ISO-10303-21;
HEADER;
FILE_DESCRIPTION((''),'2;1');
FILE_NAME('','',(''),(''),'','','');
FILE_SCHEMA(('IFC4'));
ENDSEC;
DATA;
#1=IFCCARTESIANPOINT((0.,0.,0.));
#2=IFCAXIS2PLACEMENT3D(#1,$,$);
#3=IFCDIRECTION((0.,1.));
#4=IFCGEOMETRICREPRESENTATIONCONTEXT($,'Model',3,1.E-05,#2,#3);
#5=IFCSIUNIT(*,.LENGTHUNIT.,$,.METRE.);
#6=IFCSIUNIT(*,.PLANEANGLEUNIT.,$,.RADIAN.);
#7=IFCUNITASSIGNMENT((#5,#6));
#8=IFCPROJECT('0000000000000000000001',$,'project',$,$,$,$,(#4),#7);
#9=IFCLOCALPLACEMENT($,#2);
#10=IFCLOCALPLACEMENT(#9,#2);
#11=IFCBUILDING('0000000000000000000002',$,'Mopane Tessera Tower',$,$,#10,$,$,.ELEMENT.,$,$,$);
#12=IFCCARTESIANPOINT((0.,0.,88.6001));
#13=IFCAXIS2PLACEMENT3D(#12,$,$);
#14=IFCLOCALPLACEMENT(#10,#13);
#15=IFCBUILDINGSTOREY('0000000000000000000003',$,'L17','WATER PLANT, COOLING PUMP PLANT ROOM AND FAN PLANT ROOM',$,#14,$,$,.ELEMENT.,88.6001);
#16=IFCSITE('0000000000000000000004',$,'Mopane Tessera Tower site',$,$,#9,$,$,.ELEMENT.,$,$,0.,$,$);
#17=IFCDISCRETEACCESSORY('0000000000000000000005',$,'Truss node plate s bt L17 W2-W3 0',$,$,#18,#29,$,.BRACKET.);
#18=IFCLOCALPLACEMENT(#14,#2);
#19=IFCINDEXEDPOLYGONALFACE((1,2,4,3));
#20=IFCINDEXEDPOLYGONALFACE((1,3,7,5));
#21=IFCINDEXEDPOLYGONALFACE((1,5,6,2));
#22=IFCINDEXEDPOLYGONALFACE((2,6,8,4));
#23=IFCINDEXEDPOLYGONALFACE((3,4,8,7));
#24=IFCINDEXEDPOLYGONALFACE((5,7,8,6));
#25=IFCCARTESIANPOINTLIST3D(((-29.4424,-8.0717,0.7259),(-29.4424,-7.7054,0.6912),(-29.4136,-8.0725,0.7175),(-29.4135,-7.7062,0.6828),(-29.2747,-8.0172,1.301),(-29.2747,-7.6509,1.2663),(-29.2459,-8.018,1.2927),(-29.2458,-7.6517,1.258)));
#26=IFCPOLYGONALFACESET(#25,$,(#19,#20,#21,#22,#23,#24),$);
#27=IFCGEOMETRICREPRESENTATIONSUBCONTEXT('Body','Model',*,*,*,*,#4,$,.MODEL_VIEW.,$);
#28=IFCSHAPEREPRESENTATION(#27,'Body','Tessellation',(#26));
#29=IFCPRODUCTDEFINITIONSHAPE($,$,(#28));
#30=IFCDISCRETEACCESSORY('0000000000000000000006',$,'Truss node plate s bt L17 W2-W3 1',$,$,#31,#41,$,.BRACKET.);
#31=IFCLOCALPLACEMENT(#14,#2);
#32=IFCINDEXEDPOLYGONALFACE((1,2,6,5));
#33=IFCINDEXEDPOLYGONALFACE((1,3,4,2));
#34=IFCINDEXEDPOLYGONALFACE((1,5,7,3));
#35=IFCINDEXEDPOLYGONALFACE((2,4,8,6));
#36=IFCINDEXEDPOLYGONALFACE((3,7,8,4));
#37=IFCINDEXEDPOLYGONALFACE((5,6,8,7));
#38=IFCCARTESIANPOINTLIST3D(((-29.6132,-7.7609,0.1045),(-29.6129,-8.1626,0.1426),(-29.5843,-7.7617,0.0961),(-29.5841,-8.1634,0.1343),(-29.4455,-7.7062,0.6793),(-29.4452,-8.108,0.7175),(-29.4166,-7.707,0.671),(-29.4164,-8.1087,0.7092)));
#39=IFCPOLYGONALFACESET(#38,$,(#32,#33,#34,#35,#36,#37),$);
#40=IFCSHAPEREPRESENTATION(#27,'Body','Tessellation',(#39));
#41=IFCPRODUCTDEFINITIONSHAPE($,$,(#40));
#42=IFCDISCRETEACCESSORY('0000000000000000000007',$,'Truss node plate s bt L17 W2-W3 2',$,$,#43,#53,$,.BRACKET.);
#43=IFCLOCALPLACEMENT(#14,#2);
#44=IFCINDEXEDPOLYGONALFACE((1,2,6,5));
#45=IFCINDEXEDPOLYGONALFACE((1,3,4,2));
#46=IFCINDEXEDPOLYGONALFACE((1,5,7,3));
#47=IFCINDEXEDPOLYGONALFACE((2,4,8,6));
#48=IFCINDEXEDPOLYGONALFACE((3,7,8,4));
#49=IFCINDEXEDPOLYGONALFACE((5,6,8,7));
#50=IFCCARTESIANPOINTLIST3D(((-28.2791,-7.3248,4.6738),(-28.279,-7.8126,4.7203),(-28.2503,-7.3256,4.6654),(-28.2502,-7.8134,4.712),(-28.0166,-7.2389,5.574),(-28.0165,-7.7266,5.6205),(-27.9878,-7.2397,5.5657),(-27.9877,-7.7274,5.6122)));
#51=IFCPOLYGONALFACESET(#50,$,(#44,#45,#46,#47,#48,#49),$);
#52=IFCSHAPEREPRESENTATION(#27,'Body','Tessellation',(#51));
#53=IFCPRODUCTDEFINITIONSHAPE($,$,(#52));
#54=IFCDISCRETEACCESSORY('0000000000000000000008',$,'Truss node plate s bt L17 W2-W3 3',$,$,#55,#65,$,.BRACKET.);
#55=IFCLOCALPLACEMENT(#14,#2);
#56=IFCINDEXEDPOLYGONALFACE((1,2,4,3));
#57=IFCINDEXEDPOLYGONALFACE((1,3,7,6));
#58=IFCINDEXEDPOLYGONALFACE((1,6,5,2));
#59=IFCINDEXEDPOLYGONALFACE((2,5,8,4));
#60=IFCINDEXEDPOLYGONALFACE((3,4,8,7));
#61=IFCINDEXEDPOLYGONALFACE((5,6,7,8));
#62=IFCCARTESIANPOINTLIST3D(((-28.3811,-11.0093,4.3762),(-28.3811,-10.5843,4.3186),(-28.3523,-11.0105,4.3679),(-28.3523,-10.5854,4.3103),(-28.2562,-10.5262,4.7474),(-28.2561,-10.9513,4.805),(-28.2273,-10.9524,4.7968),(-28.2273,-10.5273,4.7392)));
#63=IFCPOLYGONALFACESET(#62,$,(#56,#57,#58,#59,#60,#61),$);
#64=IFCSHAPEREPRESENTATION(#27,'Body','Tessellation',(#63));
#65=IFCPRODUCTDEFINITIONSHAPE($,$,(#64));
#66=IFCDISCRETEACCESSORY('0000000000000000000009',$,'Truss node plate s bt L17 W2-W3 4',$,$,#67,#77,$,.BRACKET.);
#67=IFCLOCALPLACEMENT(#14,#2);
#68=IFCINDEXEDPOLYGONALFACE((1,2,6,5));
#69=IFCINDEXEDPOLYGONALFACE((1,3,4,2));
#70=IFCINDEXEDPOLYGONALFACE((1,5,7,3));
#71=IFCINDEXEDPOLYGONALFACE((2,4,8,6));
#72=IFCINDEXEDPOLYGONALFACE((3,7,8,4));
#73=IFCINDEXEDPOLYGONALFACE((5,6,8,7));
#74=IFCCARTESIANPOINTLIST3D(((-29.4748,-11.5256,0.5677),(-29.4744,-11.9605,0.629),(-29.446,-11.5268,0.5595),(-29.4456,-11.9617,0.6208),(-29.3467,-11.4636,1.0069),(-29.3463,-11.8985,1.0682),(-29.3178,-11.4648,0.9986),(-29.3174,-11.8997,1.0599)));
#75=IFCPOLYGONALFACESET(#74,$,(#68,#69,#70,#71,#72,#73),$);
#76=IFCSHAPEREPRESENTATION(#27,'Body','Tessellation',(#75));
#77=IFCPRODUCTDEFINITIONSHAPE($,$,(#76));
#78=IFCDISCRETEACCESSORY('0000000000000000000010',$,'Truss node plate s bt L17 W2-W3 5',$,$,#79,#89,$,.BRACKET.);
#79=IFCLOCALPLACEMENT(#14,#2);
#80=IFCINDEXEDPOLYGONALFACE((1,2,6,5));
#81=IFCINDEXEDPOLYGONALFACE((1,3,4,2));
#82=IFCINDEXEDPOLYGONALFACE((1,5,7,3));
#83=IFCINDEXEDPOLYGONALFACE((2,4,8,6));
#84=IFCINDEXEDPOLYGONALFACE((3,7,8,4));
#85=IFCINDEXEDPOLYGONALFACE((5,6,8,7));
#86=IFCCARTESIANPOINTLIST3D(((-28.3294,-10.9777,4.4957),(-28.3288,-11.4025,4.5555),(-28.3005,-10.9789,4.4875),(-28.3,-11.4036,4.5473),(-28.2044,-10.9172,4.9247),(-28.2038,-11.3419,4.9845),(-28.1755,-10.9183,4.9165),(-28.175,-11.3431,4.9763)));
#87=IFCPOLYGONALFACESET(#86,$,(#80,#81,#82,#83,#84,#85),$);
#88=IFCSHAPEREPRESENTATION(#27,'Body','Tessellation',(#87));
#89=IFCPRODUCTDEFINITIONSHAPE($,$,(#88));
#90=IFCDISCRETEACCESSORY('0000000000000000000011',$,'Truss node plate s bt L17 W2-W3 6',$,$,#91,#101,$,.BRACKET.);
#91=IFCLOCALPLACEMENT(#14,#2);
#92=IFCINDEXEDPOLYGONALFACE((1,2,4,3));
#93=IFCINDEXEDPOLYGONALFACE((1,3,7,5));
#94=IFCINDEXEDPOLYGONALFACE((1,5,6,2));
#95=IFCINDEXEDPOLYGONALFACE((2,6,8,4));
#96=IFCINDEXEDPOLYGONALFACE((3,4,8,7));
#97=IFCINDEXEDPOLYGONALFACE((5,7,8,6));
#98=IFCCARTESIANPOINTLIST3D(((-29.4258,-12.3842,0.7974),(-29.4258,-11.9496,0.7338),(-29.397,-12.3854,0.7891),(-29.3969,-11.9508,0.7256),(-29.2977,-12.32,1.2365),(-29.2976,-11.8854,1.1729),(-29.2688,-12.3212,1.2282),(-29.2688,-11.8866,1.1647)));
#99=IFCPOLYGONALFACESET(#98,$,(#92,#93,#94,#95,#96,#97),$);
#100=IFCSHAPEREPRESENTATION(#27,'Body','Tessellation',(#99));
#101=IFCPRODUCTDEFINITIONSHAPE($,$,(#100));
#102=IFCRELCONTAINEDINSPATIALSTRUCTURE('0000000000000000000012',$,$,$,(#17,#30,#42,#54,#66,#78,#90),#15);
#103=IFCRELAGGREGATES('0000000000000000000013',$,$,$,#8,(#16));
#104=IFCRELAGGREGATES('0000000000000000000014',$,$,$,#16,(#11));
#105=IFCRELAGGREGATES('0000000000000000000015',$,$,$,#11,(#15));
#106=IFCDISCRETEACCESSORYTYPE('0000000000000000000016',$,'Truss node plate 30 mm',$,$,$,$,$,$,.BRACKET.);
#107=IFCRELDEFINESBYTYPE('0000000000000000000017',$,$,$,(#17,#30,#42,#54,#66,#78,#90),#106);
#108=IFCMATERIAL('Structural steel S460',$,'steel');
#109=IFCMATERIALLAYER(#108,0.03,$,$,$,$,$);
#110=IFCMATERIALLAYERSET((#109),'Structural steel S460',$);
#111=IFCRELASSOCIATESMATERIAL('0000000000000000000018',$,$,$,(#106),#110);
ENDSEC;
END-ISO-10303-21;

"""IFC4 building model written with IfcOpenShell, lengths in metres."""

from ifc_helpers import new_model, si_unit, direction, frame, origin, origin_2d, place, context, subcontext, project, spatial, rectangle, extrude, material, layer, layer_set, type_object, element, save


model = new_model("IFC4")

# Units and contexts
model_context = context("Model", 3, precision=1e-05, world=origin(), true_north=direction((0.0, 1.0)))
body_context = subcontext(model_context, "Body", "Model", "MODEL_VIEW")
ifc_project = project(units=[si_unit("LENGTHUNIT", "METRE"), si_unit("PLANEANGLEUNIT", "RADIAN")], contexts=[model_context])

# Site, building, storey
site_placement = place(None, origin())
site = spatial("IfcSite", under=ifc_project, at=site_placement, Name="Mopane Tessera Tower site", CompositionType="ELEMENT", RefElevation=0.0)
building_placement = place(site_placement, origin())
building = spatial("IfcBuilding", under=site, at=building_placement, Name="Mopane Tessera Tower", CompositionType="ELEMENT")
storey_placement = place(building_placement, frame((0.0, 0.0, 88.6001)))
storey = spatial("IfcBuildingStorey", under=building, at=storey_placement, Name="L17", Description="WATER PLANT, COOLING PUMP PLANT ROOM AND FAN PLANT ROOM", CompositionType="ELEMENT", Elevation=88.6001)

# Discrete accessories
ifc_material_1 = material(Name="Structural steel S460", Category="steel")
ifc_layer_1 = layer(ifc_material_1, 0.03)
ifc_layer_set_1 = layer_set([ifc_layer_1], Name="Structural steel S460")
discrete_accessory_type_1 = type_object("IfcDiscreteAccessoryType", Name="Truss node plate 30 mm", PredefinedType="BRACKET", material=ifc_layer_set_1)
discrete_accessory_1_placement = place(storey_placement, frame((-29.428, -7.8889, 0.7043), z_axis=(0.278789, 0.090495, 0.956079), x_axis=(0.960352, -0.026388, -0.277537)))
element("IfcDiscreteAccessory", 1, at=discrete_accessory_1_placement, inside=storey, type_object=discrete_accessory_type_1, Name="Truss node plate s bt L17 W2-W3 0", PredefinedType="BRACKET", context=body_context, shape_type="SweptSolid", body=[
    extrude(rectangle(XDim=0.03, YDim=0.3679, at=origin_2d()), origin(), (0.0, 0.0, 1.0), 0.6016),
])
discrete_accessory_2_placement = place(storey_placement, frame((-29.5986, -7.9622, 0.1194), z_axis=(0.278887, 0.090933, 0.956009), x_axis=(0.960324, -0.025832, -0.277688)))
element("IfcDiscreteAccessory", 2, at=discrete_accessory_2_placement, inside=storey, type_object=discrete_accessory_type_1, Name="Truss node plate s bt L17 W2-W3 1", PredefinedType="BRACKET", context=body_context, shape_type="SweptSolid", body=[
    extrude(rectangle(XDim=0.03, YDim=0.4036, at=origin_2d()), origin(), (0.0, 0.0, 1.0), 0.6013),
])
discrete_accessory_3_placement = place(storey_placement, frame((-28.2646, -7.5691, 4.6929), z_axis=(0.278742, 0.091272, 0.956019), x_axis=(0.960366, -0.026291, -0.277499)))
element("IfcDiscreteAccessory", 3, at=discrete_accessory_3_placement, inside=storey, type_object=discrete_accessory_type_1, Name="Truss node plate s bt L17 W2-W3 2", PredefinedType="BRACKET", context=body_context, shape_type="SweptSolid", body=[
    extrude(rectangle(XDim=0.03, YDim=0.49, at=origin_2d()), origin(), (0.0, 0.0, 1.0), 0.9417),
])
discrete_accessory_4_placement = place(storey_placement, frame((-28.3667, -10.7974, 4.3433), z_axis=(0.277433, 0.128963, 0.95205), x_axis=(0.960745, -0.037184, -0.27493)))
element("IfcDiscreteAccessory", 4, at=discrete_accessory_4_placement, inside=storey, type_object=discrete_accessory_type_1, Name="Truss node plate s bt L17 W2-W3 3", PredefinedType="BRACKET", context=body_context, shape_type="SweptSolid", body=[
    extrude(rectangle(XDim=0.03, YDim=0.429, at=origin_2d()), origin(), (0.0, 0.0, 1.0), 0.4504),
])
discrete_accessory_5_placement = place(storey_placement, frame((-29.4602, -11.7437, 0.5942), z_axis=(0.277605, 0.134308, 0.951261), x_axis=(0.960695, -0.037892, -0.275008)))
element("IfcDiscreteAccessory", 5, at=discrete_accessory_5_placement, inside=storey, type_object=discrete_accessory_type_1, Name="Truss node plate s bt L17 W2-W3 4", PredefinedType="BRACKET", context=body_context, shape_type="SweptSolid", body=[
    extrude(rectangle(XDim=0.03, YDim=0.4392, at=origin_2d()), origin(), (0.0, 0.0, 1.0), 0.4617),
])
discrete_accessory_6_placement = place(storey_placement, frame((-28.3147, -11.1907, 4.5215), z_axis=(0.277235, 0.134286, 0.951372), x_axis=(0.960801, -0.037409, -0.274703)))
element("IfcDiscreteAccessory", 6, at=discrete_accessory_6_placement, inside=storey, type_object=discrete_accessory_type_1, Name="Truss node plate s bt L17 W2-W3 5", PredefinedType="BRACKET", context=body_context, shape_type="SweptSolid", body=[
    extrude(rectangle(XDim=0.03, YDim=0.429, at=origin_2d()), origin(), (0.0, 0.0, 1.0), 0.4509),
])
discrete_accessory_7_placement = place(storey_placement, frame((-29.4114, -12.1675, 0.7615), z_axis=(0.277425, 0.138977, 0.950642), x_axis=(0.960747, -0.040291, -0.274484)))
element("IfcDiscreteAccessory", 7, at=discrete_accessory_7_placement, inside=storey, type_object=discrete_accessory_type_1, Name="Truss node plate s bt L17 W2-W3 6", PredefinedType="BRACKET", context=body_context, shape_type="SweptSolid", body=[
    extrude(rectangle(XDim=0.03, YDim=0.4392, at=origin_2d()), origin(), (0.0, 0.0, 1.0), 0.4619),
])

save(model, "model.ifc")
